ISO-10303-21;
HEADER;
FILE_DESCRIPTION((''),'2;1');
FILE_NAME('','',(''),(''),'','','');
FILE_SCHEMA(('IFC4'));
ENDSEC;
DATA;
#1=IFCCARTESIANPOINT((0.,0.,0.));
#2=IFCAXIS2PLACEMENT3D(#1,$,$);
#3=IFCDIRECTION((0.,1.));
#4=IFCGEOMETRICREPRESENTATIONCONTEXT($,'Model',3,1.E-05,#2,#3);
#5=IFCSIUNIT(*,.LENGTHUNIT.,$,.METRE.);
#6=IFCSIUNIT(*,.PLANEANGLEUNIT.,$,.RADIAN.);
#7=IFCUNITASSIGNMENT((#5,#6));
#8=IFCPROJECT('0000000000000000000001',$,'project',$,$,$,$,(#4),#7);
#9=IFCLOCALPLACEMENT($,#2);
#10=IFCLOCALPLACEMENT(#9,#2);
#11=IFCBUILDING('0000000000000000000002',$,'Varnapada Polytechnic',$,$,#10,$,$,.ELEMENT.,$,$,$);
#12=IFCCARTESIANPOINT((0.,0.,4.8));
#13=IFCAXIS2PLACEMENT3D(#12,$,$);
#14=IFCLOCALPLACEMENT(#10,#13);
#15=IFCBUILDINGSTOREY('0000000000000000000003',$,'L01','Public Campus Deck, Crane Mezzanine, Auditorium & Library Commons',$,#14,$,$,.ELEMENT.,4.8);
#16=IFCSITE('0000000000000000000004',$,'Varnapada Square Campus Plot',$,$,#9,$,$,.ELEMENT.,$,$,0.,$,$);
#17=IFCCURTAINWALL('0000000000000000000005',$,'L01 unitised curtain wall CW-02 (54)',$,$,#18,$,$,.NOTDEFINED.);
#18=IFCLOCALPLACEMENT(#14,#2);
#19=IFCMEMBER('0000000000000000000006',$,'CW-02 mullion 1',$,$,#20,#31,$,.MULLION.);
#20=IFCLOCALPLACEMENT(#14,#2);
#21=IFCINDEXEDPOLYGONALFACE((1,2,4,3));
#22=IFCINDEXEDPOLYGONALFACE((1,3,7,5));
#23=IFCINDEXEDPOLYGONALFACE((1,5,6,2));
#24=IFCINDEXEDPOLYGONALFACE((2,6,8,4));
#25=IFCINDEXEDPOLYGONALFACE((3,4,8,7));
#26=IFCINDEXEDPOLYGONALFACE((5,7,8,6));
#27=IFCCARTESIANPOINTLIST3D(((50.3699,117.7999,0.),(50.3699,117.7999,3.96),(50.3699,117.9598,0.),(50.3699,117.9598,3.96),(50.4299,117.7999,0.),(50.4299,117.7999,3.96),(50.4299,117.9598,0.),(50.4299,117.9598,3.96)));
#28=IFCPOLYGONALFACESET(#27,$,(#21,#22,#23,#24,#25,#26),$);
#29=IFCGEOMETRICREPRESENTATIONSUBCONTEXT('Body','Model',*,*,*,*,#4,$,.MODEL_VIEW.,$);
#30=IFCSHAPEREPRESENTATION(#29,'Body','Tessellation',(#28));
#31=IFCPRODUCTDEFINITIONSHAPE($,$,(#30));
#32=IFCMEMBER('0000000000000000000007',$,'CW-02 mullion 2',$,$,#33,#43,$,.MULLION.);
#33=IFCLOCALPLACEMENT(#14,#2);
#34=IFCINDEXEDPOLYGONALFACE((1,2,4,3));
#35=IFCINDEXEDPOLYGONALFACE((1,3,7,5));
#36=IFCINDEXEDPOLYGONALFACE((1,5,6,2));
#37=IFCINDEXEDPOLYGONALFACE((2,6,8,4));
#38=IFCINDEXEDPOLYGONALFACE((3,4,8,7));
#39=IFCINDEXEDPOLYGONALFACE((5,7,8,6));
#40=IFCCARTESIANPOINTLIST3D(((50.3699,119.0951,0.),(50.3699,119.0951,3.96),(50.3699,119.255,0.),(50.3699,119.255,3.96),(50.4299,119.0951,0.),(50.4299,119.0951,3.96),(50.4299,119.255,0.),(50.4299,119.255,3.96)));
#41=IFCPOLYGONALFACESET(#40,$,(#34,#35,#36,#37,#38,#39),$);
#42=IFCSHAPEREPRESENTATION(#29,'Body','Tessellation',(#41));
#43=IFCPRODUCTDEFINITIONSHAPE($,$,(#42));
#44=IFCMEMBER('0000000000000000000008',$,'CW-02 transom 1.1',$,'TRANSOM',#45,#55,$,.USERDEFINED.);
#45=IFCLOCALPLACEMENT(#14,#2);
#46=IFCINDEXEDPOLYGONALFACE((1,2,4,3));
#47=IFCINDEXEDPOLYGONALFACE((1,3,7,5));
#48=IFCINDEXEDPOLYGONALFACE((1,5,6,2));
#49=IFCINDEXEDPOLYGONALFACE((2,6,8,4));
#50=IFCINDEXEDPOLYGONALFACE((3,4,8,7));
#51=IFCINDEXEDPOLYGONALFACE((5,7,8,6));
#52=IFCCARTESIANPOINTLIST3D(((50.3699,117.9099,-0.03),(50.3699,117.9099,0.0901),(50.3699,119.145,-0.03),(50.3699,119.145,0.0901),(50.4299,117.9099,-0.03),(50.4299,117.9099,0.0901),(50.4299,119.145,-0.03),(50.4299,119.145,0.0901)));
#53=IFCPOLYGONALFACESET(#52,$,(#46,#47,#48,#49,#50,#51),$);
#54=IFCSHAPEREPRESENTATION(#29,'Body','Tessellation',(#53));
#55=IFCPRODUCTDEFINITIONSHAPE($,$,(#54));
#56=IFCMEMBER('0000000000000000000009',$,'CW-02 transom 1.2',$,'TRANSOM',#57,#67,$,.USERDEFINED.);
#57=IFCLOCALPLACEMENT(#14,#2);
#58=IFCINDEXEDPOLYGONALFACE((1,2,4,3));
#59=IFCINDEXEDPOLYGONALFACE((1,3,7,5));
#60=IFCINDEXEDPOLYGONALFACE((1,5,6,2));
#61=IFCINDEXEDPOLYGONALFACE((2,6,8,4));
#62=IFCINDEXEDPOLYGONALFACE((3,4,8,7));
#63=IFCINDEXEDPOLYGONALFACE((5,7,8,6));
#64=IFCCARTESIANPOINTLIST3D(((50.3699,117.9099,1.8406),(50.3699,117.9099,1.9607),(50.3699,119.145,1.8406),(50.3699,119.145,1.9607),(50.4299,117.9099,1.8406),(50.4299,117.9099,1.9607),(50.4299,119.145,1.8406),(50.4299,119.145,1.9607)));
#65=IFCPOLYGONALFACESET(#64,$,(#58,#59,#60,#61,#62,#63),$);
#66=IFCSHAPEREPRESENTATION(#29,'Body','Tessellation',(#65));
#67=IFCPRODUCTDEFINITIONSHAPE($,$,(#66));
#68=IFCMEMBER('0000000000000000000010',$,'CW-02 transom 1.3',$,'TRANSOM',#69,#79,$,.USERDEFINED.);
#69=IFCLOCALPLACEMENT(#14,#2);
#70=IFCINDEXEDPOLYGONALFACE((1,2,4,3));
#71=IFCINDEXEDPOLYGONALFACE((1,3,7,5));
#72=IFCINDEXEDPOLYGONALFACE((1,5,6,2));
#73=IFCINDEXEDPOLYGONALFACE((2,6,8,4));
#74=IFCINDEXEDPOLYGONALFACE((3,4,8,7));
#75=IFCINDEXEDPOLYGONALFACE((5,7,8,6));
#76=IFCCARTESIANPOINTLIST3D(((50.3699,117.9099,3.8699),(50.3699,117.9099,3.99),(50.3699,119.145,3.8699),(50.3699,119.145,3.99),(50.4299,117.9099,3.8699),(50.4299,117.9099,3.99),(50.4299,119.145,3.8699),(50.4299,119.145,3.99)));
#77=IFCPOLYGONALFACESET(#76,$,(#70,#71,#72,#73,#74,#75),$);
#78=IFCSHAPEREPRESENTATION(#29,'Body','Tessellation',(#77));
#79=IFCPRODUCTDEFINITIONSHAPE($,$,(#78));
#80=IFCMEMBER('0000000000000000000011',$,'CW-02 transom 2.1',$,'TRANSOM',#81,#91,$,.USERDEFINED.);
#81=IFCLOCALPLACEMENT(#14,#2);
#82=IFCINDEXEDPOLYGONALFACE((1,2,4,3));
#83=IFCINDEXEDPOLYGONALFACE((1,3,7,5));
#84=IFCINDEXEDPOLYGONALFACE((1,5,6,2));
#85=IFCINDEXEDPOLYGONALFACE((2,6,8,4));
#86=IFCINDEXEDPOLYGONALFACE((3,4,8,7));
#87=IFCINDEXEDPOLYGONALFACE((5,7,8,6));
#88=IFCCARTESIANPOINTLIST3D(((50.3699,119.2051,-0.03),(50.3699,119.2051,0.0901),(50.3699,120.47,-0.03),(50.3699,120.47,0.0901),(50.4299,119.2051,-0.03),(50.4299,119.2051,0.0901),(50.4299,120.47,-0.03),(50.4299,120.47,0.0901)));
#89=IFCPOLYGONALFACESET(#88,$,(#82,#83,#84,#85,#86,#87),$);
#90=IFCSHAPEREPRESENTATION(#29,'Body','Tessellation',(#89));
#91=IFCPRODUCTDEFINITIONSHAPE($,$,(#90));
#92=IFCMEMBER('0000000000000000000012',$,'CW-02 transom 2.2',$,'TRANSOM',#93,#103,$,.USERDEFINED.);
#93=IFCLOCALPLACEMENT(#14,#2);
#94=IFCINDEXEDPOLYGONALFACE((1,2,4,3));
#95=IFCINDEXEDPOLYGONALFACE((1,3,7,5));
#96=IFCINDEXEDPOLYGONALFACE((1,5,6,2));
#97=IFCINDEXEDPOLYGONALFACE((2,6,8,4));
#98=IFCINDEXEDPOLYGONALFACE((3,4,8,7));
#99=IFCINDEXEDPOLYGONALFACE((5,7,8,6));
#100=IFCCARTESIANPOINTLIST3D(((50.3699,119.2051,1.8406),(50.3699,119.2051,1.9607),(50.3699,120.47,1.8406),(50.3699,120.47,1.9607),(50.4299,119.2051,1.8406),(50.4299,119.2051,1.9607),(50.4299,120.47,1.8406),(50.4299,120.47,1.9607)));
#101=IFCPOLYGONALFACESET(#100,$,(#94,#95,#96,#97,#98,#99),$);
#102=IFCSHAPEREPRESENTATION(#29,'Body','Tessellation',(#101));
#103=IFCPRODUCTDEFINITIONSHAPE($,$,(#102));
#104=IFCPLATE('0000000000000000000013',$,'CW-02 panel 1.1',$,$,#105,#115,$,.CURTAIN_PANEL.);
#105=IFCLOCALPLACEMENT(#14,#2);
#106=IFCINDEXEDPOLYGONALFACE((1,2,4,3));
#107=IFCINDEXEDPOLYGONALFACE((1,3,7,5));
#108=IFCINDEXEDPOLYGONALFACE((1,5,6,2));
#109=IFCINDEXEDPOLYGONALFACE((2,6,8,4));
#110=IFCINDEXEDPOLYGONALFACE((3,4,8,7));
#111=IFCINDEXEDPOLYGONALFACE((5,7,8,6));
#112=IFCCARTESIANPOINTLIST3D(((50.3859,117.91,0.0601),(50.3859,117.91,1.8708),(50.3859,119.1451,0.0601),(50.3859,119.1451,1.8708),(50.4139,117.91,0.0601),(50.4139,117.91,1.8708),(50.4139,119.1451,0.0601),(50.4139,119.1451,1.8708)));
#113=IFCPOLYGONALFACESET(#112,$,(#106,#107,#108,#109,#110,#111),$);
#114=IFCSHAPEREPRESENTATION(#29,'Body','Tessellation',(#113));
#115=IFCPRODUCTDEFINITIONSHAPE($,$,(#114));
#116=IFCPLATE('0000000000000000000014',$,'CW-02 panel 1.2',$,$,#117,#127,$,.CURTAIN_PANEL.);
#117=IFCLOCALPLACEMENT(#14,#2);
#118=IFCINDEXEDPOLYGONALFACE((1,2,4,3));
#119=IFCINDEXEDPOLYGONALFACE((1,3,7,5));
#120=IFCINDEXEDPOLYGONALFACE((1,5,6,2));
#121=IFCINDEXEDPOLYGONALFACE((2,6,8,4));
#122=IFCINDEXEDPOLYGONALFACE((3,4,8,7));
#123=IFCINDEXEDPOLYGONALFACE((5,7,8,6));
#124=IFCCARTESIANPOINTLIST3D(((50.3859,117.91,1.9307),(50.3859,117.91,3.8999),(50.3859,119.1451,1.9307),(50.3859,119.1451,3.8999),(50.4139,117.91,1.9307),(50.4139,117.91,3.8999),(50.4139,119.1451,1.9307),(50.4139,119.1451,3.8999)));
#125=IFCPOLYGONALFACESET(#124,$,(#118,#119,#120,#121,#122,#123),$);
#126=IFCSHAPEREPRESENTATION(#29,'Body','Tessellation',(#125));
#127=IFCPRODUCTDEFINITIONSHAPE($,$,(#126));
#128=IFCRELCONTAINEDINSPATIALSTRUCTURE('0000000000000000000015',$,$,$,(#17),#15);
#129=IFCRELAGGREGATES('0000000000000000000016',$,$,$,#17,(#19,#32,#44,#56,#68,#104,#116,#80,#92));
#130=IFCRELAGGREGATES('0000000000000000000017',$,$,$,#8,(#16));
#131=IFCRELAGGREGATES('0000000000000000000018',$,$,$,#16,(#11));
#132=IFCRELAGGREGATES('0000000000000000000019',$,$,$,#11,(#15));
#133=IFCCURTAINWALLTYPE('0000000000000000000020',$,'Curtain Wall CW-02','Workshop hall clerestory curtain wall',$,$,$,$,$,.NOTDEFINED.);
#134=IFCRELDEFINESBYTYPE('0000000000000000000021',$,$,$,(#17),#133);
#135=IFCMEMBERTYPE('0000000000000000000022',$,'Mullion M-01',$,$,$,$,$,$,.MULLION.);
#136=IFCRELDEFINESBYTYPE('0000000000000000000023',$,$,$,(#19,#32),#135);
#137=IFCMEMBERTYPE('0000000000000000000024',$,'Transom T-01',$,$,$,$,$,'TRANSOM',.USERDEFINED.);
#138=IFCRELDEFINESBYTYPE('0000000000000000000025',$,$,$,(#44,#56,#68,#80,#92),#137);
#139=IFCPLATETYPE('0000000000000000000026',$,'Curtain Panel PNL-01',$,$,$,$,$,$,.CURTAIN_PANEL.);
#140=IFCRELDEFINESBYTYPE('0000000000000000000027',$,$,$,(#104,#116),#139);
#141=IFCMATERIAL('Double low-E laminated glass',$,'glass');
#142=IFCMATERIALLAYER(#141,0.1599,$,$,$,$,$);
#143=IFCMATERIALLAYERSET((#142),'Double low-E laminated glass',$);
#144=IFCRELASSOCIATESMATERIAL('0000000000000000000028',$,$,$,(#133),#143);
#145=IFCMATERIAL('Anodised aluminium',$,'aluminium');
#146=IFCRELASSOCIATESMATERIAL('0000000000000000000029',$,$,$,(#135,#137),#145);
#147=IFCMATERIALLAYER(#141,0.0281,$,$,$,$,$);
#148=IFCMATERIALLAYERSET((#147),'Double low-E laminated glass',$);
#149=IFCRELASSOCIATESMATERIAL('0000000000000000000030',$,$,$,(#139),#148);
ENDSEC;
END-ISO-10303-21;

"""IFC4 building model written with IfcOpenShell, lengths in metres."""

from ifc_helpers import new_model, si_unit, direction, frame, origin, origin_2d, place, context, subcontext, project, spatial, rectangle, extrude, material, layer, layer_set, material_profile, profile_set, type_object, element, aggregate, save


model = new_model("IFC4")

# Units and contexts
model_context = context("Model", 3, precision=1e-05, world=origin(), true_north=direction((0.0, 1.0)))
body_context = subcontext(model_context, "Body", "Model", "MODEL_VIEW")
ifc_project = project(units=[si_unit("LENGTHUNIT", "METRE"), si_unit("PLANEANGLEUNIT", "RADIAN")], contexts=[model_context])

# Site, building, storey
site_placement = place(None, origin())
site = spatial("IfcSite", under=ifc_project, at=site_placement, Name="Varnapada Square Campus Plot", CompositionType="ELEMENT", RefElevation=0.0)
building_placement = place(site_placement, origin())
building = spatial("IfcBuilding", under=site, at=building_placement, Name="Varnapada Polytechnic", CompositionType="ELEMENT")
storey_placement = place(building_placement, frame((0.0, 0.0, 4.8)))
storey = spatial("IfcBuildingStorey", under=building, at=storey_placement, Name="L01", Description="Public Campus Deck, Crane Mezzanine, Auditorium & Library Commons", CompositionType="ELEMENT", Elevation=4.8)

# Curtain wall, members, plates
ifc_material_1 = material(Name="Double low-E laminated glass", Category="glass")
ifc_layer_1 = layer(ifc_material_1, 0.1599)
ifc_layer_set_1 = layer_set([ifc_layer_1], Name="Double low-E laminated glass")
curtain_wall_type = type_object("IfcCurtainWallType", Name="Curtain Wall CW-02", Description="Workshop hall clerestory curtain wall", PredefinedType="NOTDEFINED", material=ifc_layer_set_1)
curtain_wall_placement = place(storey_placement, origin())
curtain_wall = element("IfcCurtainWall", 1, at=curtain_wall_placement, inside=storey, type_object=curtain_wall_type, Name="L01 unitised curtain wall CW-02 (54)", PredefinedType="NOTDEFINED")
ifc_material_2 = material(Name="Anodised aluminium", Category="aluminium")
ifc_material_profile_1 = material_profile(ifc_material_2, rectangle(XDim=0.0601, YDim=0.1599, at=origin_2d()), Name="ALU M60x160")
ifc_profile_set_1 = profile_set([ifc_material_profile_1], Name="Anodised aluminium")
member_type_1 = type_object("IfcMemberType", Name="Mullion M-01", PredefinedType="MULLION", material=ifc_profile_set_1)
member_1_placement = place(storey_placement, frame((50.3999, 117.8799, 0.0), z_axis=(0.0, 0.0, 1.0), x_axis=(-1.0, 0.0, 0.0)))
member_1 = element("IfcMember", 2, at=member_1_placement, type_object=member_type_1, Name="CW-02 mullion 1", PredefinedType="MULLION", context=body_context, shape_type="SweptSolid", body=[
    extrude(rectangle(XDim=0.0601, YDim=0.1599, at=origin_2d()), origin(), (0.0, 0.0, 1.0), 3.96),
])
member_2_placement = place(storey_placement, frame((50.3999, 119.175, 0.0), z_axis=(0.0, 0.0, 1.0), x_axis=(-1.0, 0.0, 0.0)))
member_2 = element("IfcMember", 3, at=member_2_placement, type_object=member_type_1, Name="CW-02 mullion 2", PredefinedType="MULLION", context=body_context, shape_type="SweptSolid", body=[
    extrude(rectangle(XDim=0.0601, YDim=0.1599, at=origin_2d()), origin(), (0.0, 0.0, 1.0), 3.96),
])
ifc_material_profile_2 = material_profile(ifc_material_2, rectangle(XDim=0.0601, YDim=0.1201, at=origin_2d()), Name="ALU T60x120")
ifc_profile_set_2 = profile_set([ifc_material_profile_2], Name="Anodised aluminium")
member_type_2 = type_object("IfcMemberType", Name="Transom T-01", ElementType="TRANSOM", PredefinedType="USERDEFINED", material=ifc_profile_set_2)
member_3_placement = place(storey_placement, frame((50.3999, 117.9099, 0.03), z_axis=(0.0, 1.0, 0.0), x_axis=(-1.0, 0.0, 0.0)))
member_3 = element("IfcMember", 4, at=member_3_placement, type_object=member_type_2, Name="CW-02 transom 1.1", ObjectType="TRANSOM", PredefinedType="USERDEFINED", context=body_context, shape_type="SweptSolid", body=[
    extrude(rectangle(XDim=0.0601, YDim=0.1201, at=origin_2d()), origin(), (0.0, 0.0, 1.0), 1.2351),
])
member_4_placement = place(storey_placement, frame((50.3999, 117.9099, 1.9006), z_axis=(0.0, 1.0, 0.0), x_axis=(-1.0, 0.0, 0.0)))
member_4 = element("IfcMember", 5, at=member_4_placement, type_object=member_type_2, Name="CW-02 transom 1.2", ObjectType="TRANSOM", PredefinedType="USERDEFINED", context=body_context, shape_type="SweptSolid", body=[
    extrude(rectangle(XDim=0.0601, YDim=0.1201, at=origin_2d()), origin(), (0.0, 0.0, 1.0), 1.2351),
])
member_5_placement = place(storey_placement, frame((50.3999, 117.9099, 3.9299), z_axis=(0.0, 1.0, 0.0), x_axis=(-1.0, 0.0, 0.0)))
member_5 = element("IfcMember", 6, at=member_5_placement, type_object=member_type_2, Name="CW-02 transom 1.3", ObjectType="TRANSOM", PredefinedType="USERDEFINED", context=body_context, shape_type="SweptSolid", body=[
    extrude(rectangle(XDim=0.0601, YDim=0.1201, at=origin_2d()), origin(), (0.0, 0.0, 1.0), 1.2351),
])
member_6_placement = place(storey_placement, frame((50.3999, 119.2051, 0.03), z_axis=(0.0, 1.0, 0.0), x_axis=(-1.0, 0.0, 0.0)))
member_6 = element("IfcMember", 7, at=member_6_placement, type_object=member_type_2, Name="CW-02 transom 2.1", ObjectType="TRANSOM", PredefinedType="USERDEFINED", context=body_context, shape_type="SweptSolid", body=[
    extrude(rectangle(XDim=0.0601, YDim=0.1201, at=origin_2d()), origin(), (0.0, 0.0, 1.0), 1.2649),
])
member_7_placement = place(storey_placement, frame((50.3999, 119.2051, 1.9006), z_axis=(0.0, 1.0, 0.0), x_axis=(-1.0, 0.0, 0.0)))
member_7 = element("IfcMember", 8, at=member_7_placement, type_object=member_type_2, Name="CW-02 transom 2.2", ObjectType="TRANSOM", PredefinedType="USERDEFINED", context=body_context, shape_type="SweptSolid", body=[
    extrude(rectangle(XDim=0.0601, YDim=0.1201, at=origin_2d()), origin(), (0.0, 0.0, 1.0), 1.2649),
])
ifc_layer_2 = layer(ifc_material_1, 0.0281)
ifc_layer_set_2 = layer_set([ifc_layer_2], Name="Double low-E laminated glass")
plate_type = type_object("IfcPlateType", Name="Curtain Panel PNL-01", PredefinedType="CURTAIN_PANEL", material=ifc_layer_set_2)
plate_1_placement = place(storey_placement, frame((50.3999, 118.5276, 0.0601), z_axis=(0.0, 0.0, 1.0), x_axis=(0.0, 1.0, 0.0)))
plate_1 = element("IfcPlate", 9, at=plate_1_placement, type_object=plate_type, Name="CW-02 panel 1.1", PredefinedType="CURTAIN_PANEL", context=body_context, shape_type="SweptSolid", body=[
    extrude(rectangle(XDim=1.2351, YDim=0.0281, at=origin_2d()), origin(), (0.0, 0.0, 1.0), 1.8108),
])
plate_2_placement = place(storey_placement, frame((50.3999, 118.5276, 1.9307), z_axis=(0.0, 0.0, 1.0), x_axis=(0.0, 1.0, 0.0)))
plate_2 = element("IfcPlate", 10, at=plate_2_placement, type_object=plate_type, Name="CW-02 panel 1.2", PredefinedType="CURTAIN_PANEL", context=body_context, shape_type="SweptSolid", body=[
    extrude(rectangle(XDim=1.2351, YDim=0.0281, at=origin_2d()), origin(), (0.0, 0.0, 1.0), 1.9692),
])
aggregate(curtain_wall, [member_1, member_2, member_3, member_4, member_5, plate_1, plate_2, member_6, member_7])

save(model, "model.ifc")
